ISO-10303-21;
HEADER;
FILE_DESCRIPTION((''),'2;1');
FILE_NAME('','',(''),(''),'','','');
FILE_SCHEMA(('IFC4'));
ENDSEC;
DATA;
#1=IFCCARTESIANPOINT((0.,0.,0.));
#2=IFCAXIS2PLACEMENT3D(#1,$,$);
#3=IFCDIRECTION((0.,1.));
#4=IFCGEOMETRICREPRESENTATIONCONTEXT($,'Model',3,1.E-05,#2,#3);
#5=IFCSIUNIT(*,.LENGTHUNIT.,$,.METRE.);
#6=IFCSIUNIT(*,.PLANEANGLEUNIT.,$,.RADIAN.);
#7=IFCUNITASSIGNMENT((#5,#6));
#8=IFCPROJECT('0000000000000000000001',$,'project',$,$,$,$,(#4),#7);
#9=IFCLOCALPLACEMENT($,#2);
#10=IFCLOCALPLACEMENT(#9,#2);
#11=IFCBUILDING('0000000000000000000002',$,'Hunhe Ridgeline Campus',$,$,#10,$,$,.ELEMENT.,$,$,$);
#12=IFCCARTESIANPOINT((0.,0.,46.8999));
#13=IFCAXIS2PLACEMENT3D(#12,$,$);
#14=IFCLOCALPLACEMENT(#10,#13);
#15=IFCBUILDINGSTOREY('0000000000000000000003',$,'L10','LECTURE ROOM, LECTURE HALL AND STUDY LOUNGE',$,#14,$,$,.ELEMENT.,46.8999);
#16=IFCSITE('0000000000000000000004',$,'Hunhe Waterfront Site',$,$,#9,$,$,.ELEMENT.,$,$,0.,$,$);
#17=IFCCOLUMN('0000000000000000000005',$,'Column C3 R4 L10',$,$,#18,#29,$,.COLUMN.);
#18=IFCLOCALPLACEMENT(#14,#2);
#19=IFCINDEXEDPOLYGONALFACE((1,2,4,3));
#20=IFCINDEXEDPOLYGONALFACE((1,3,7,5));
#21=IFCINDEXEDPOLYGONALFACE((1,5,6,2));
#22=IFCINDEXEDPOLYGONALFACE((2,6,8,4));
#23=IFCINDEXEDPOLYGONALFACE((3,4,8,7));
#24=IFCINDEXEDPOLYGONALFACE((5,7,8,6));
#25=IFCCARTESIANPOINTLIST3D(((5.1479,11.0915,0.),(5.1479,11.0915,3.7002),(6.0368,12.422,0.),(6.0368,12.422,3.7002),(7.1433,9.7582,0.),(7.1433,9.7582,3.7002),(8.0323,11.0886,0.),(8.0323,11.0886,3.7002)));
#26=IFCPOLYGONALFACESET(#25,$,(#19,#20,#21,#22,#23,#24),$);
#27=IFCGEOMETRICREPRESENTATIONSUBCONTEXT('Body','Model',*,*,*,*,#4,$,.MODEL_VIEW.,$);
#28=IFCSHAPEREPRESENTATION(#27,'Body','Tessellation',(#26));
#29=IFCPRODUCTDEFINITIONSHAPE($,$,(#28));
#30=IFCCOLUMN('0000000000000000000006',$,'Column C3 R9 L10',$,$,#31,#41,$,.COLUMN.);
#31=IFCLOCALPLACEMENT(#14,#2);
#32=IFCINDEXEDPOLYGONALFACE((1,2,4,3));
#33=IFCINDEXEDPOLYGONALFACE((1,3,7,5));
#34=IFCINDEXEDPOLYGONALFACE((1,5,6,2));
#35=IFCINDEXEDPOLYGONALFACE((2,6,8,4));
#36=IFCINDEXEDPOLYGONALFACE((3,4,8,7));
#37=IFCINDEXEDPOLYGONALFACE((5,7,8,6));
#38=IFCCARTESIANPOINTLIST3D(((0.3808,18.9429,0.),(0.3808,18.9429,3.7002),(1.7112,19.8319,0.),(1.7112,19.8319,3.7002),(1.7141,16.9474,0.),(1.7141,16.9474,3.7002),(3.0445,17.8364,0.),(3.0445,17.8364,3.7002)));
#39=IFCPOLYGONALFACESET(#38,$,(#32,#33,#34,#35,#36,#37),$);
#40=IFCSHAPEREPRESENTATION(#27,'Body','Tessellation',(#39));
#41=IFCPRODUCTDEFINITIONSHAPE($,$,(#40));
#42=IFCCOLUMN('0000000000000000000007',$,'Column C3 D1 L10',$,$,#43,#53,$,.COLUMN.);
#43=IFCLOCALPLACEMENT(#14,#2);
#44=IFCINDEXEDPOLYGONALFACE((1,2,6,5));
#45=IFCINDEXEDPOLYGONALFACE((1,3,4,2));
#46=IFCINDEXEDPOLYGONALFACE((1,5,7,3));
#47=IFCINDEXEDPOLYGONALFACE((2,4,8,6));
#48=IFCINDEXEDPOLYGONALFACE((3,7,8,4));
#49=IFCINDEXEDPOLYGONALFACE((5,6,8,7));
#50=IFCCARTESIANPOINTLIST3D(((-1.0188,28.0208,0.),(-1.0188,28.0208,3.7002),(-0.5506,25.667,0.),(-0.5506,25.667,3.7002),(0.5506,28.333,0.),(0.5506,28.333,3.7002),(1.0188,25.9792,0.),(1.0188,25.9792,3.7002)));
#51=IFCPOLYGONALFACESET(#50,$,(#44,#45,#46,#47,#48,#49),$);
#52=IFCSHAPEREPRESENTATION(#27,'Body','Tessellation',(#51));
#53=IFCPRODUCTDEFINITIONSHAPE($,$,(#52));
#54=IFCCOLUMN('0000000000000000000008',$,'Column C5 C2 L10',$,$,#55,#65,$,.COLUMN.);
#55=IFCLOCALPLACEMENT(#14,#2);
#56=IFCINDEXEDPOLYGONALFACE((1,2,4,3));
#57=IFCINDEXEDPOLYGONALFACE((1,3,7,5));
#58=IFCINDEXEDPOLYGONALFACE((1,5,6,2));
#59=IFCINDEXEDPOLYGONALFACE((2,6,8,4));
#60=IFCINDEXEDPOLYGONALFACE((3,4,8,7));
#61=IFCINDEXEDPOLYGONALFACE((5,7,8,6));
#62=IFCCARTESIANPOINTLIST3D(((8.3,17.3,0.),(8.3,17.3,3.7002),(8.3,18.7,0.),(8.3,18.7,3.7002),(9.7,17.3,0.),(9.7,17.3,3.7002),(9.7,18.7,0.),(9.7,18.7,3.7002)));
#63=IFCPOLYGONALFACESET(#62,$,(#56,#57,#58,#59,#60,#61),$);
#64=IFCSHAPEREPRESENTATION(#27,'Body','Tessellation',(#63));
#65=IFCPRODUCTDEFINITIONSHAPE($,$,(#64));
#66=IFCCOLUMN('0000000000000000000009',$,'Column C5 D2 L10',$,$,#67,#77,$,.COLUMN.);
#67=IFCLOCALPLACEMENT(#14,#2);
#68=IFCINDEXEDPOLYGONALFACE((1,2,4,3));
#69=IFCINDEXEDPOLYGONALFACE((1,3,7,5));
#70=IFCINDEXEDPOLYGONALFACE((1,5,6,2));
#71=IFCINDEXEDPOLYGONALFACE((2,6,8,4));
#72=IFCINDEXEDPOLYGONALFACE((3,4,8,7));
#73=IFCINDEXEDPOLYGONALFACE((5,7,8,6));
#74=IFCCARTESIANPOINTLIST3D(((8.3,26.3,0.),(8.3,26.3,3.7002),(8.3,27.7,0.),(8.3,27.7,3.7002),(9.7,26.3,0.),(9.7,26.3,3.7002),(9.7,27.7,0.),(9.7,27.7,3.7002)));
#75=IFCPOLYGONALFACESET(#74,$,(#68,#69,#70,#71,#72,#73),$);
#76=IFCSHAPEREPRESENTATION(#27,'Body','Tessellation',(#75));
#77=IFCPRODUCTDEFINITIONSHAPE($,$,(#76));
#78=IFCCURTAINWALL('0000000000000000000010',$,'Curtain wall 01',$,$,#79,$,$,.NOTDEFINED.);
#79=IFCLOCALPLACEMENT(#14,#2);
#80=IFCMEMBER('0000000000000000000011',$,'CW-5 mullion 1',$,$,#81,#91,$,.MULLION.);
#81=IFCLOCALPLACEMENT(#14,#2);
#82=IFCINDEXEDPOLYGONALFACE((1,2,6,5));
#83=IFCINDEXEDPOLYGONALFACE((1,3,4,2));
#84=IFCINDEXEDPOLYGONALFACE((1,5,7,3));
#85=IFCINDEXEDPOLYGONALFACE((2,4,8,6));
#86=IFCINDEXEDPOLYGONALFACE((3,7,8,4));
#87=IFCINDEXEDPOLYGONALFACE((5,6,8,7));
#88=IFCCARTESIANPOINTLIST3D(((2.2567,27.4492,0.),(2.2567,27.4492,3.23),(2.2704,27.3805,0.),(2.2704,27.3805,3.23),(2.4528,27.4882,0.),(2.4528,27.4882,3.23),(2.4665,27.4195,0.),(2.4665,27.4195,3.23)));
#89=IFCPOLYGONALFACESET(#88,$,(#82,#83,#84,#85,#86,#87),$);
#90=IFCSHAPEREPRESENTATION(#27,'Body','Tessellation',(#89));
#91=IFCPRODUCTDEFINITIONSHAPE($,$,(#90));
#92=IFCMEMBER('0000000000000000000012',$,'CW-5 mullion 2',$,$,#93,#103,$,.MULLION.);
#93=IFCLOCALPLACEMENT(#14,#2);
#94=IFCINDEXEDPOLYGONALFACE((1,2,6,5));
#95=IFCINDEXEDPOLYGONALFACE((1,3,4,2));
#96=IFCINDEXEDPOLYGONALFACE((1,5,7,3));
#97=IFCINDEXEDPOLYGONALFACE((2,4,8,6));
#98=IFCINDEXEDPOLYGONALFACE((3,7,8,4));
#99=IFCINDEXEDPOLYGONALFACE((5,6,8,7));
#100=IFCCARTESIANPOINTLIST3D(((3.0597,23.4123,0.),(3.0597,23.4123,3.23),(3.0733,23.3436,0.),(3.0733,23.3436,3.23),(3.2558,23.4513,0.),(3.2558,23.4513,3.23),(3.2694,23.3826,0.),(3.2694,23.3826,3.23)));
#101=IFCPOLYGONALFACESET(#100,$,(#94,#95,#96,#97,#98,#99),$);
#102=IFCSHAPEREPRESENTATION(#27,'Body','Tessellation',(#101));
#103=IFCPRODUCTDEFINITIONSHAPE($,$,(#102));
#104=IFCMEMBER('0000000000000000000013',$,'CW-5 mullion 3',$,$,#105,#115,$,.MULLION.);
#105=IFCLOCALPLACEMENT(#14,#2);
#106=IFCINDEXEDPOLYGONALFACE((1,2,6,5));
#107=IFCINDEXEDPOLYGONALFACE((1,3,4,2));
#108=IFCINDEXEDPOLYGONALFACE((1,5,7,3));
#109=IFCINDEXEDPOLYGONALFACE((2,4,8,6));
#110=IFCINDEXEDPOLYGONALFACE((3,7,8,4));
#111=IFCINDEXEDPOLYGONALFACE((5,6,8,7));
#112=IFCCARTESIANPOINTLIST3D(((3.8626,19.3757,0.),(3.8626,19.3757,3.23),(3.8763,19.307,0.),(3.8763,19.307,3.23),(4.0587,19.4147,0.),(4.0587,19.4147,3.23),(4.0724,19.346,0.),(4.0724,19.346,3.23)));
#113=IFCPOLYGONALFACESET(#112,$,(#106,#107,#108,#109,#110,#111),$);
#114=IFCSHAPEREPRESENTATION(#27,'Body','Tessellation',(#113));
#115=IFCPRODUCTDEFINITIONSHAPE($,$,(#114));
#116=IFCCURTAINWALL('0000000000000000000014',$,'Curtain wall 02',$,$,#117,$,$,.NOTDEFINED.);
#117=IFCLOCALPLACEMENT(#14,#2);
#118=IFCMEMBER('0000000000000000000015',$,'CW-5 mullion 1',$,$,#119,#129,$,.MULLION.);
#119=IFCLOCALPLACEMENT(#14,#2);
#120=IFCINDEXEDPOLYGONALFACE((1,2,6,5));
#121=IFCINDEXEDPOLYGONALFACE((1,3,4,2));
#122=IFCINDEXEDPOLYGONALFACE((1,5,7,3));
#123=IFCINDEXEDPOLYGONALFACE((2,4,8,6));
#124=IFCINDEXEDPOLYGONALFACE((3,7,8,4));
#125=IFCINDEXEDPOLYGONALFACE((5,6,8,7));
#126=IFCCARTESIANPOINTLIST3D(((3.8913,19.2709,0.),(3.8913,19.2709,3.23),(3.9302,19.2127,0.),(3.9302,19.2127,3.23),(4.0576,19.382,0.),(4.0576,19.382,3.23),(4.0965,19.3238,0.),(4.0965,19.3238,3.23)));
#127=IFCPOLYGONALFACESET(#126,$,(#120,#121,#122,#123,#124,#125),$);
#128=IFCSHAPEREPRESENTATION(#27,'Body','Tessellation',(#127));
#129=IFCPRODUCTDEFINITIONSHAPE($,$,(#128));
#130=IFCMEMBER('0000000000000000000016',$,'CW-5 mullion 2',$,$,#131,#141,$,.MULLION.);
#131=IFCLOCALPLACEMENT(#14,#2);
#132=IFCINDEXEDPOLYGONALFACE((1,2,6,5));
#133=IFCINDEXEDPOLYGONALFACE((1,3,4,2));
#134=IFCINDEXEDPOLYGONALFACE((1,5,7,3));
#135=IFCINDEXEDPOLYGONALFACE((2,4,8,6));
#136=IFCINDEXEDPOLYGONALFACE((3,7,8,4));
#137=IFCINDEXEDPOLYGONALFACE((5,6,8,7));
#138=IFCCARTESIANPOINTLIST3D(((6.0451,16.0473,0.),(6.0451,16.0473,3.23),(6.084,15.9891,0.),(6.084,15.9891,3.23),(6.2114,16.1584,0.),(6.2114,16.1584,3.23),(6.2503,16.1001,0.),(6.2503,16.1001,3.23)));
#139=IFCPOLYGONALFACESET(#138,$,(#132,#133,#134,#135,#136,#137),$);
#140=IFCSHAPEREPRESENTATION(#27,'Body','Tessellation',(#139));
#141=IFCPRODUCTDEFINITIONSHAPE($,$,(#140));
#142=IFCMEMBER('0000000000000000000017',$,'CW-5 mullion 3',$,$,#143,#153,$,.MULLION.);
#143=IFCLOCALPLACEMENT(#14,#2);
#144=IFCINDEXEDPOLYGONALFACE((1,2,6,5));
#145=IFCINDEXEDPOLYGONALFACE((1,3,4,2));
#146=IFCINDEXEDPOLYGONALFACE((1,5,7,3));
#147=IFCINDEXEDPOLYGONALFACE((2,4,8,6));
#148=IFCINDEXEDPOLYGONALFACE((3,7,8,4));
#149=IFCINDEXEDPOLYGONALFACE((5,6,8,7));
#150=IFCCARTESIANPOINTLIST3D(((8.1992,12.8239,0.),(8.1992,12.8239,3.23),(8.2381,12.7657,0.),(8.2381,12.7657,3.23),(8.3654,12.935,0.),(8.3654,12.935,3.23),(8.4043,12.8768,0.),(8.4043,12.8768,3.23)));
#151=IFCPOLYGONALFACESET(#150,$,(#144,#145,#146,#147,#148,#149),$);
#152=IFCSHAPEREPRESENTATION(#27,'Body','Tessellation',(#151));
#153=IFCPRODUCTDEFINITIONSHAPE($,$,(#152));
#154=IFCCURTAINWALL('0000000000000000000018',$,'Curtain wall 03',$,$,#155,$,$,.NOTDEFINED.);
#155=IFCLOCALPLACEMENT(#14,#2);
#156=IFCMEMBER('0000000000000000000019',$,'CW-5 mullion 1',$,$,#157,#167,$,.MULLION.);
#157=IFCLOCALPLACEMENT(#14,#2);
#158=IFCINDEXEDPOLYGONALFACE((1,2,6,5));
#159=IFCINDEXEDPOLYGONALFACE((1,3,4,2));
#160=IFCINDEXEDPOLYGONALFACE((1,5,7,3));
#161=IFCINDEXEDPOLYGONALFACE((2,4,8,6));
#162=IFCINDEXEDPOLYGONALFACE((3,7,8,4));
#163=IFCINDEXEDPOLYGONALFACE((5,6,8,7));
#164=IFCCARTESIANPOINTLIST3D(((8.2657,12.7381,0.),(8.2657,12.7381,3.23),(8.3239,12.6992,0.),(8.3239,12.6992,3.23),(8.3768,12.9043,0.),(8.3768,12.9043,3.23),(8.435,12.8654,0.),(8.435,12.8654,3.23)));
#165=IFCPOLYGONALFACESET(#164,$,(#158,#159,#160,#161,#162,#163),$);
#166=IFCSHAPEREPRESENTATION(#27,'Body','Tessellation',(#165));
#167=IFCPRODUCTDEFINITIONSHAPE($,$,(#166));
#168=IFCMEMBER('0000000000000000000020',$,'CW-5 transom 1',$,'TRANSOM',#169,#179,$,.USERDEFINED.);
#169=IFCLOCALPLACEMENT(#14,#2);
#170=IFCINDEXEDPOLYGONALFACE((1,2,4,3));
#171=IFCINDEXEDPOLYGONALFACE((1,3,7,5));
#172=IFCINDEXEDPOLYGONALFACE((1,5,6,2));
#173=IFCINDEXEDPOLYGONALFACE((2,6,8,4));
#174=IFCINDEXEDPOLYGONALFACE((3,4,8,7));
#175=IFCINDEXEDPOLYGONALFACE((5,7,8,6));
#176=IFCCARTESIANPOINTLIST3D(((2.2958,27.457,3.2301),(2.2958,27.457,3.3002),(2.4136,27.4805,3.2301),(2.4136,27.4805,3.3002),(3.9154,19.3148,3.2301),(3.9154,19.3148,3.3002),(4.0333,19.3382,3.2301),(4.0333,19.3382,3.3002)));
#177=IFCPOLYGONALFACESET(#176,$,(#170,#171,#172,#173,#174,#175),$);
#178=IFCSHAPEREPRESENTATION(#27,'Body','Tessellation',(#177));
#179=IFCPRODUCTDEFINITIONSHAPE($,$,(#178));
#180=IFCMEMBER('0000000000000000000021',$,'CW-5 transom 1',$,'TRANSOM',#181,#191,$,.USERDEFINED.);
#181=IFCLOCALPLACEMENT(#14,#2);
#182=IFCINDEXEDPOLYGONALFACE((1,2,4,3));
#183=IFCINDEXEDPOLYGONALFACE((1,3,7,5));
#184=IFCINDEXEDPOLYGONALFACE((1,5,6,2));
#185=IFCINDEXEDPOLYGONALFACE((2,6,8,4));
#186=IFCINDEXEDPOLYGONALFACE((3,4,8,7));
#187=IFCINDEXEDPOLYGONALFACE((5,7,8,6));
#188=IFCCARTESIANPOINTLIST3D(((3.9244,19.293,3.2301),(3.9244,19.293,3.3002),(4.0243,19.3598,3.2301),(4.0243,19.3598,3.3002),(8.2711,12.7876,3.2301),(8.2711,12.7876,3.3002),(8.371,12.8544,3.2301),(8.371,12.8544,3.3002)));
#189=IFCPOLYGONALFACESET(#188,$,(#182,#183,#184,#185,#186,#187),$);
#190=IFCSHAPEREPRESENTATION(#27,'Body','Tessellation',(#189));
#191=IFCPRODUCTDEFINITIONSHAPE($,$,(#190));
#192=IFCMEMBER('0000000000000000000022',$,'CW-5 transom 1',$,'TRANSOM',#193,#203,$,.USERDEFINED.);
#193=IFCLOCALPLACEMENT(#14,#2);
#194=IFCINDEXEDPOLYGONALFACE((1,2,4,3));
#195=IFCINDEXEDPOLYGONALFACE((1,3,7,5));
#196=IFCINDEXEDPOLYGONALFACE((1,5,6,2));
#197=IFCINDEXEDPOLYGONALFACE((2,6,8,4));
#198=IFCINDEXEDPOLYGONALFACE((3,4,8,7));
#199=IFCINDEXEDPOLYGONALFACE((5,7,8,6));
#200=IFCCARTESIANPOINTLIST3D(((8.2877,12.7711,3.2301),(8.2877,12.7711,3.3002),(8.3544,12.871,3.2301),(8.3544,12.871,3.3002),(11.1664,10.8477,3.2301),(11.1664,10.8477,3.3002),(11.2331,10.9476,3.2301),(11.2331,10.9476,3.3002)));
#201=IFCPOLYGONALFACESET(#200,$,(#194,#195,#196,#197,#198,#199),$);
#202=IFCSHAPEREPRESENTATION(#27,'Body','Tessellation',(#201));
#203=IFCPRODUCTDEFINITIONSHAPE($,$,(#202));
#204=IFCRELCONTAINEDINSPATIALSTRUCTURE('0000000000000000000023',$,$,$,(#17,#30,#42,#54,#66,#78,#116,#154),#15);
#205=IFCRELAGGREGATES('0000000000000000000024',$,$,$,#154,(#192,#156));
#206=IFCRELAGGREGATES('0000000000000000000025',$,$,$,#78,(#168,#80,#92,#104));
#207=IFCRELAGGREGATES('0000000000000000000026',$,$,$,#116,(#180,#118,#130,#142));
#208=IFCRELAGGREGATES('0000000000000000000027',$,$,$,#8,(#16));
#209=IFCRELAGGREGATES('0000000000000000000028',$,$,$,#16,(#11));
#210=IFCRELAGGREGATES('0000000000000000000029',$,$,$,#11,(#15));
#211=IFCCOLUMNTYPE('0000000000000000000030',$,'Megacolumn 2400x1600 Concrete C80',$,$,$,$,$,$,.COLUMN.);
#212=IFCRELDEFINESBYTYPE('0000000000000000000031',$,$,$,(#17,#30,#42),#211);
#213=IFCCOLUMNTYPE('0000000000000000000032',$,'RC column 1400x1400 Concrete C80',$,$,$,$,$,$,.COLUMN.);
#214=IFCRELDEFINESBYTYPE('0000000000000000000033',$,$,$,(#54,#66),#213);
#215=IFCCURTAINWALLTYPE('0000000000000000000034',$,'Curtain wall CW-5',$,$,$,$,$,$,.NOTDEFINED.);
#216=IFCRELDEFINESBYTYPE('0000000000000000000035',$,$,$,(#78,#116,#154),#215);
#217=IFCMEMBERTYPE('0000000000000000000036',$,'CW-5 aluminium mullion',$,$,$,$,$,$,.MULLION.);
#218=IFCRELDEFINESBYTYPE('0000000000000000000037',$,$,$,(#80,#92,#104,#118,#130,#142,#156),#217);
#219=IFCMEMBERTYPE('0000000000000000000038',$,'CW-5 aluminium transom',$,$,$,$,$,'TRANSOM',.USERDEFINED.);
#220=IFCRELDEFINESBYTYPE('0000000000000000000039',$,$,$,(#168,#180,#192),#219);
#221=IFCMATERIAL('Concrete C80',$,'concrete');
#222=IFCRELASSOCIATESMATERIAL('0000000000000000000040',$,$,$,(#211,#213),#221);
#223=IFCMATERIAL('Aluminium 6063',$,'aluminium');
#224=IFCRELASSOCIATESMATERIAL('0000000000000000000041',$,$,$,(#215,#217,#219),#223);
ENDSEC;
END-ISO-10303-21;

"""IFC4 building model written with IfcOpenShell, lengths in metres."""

from ifc_helpers import new_model, si_unit, direction, frame, origin, origin_2d, place, context, subcontext, project, spatial, rectangle, extrude, material, material_profile, profile_set, type_object, element, aggregate, save


model = new_model("IFC4")

# Units and contexts
model_context = context("Model", 3, precision=1e-05, world=origin(), true_north=direction((0.0, 1.0)))
body_context = subcontext(model_context, "Body", "Model", "MODEL_VIEW")
ifc_project = project(units=[si_unit("LENGTHUNIT", "METRE"), si_unit("PLANEANGLEUNIT", "RADIAN")], contexts=[model_context])

# Site, building, storey
site_placement = place(None, origin())
site = spatial("IfcSite", under=ifc_project, at=site_placement, Name="Hunhe Waterfront Site", CompositionType="ELEMENT", RefElevation=0.0)
building_placement = place(site_placement, origin())
building = spatial("IfcBuilding", under=site, at=building_placement, Name="Hunhe Ridgeline Campus", CompositionType="ELEMENT")
storey_placement = place(building_placement, frame((0.0, 0.0, 46.8999)))
storey = spatial("IfcBuildingStorey", under=building, at=storey_placement, Name="L10", Description="LECTURE ROOM, LECTURE HALL AND STUDY LOUNGE", CompositionType="ELEMENT", Elevation=46.8999)

# Columns
ifc_material_1 = material(Name="Concrete C80", Category="concrete")
ifc_material_profile_1 = material_profile(ifc_material_1, rectangle(XDim=2.3999, YDim=1.6001, at=origin_2d()))
ifc_profile_set_1 = profile_set([ifc_material_profile_1], Name="Concrete C80")
column_type_1 = type_object("IfcColumnType", Name="Megacolumn 2400x1600 Concrete C80", PredefinedType="COLUMN", material=ifc_profile_set_1)
for number, where, z_axis, x_axis, name in (
    (1, (6.5901, 11.0901, 0.0), (0.0, 0.0, 1.0), (-0.83147, 0.55557, 0.0), "Column C3 R4 L10"),
    (2, (1.7126, 18.3896, 0.0), (0.0, 0.0, 1.0), (-0.55557, 0.83147, 0.0), "Column C3 R9 L10"),
    (3, (0.0, 27.0, 0.0), (0.0, 0.0, 1.0), (-0.19509, 0.980785, 0.0), "Column C3 D1 L10"),
):
    element("IfcColumn", number, at=place(storey_placement, frame(where, z_axis=z_axis, x_axis=x_axis)), inside=storey, type_object=column_type_1, Name=name, PredefinedType="COLUMN", context=body_context, shape_type="SweptSolid", body=[
        extrude(rectangle(XDim=2.3999, YDim=1.6001, at=origin_2d()), origin(), (0.0, 0.0, 1.0), 3.7002),
    ])
ifc_material_profile_2 = material_profile(ifc_material_1, rectangle(XDim=1.3999, YDim=1.3999, at=origin_2d()))
ifc_profile_set_2 = profile_set([ifc_material_profile_2], Name="Concrete C80")
column_type_2 = type_object("IfcColumnType", Name="RC column 1400x1400 Concrete C80", PredefinedType="COLUMN", material=ifc_profile_set_2)
for number, where, z_axis, x_axis, name in (
    (4, (9.0, 18.0, 0.0), (0.0, 0.0, 1.0), (1.0, 0.0, 0.0), "Column C5 C2 L10"),
    (5, (9.0, 27.0, 0.0), (0.0, 0.0, 1.0), (1.0, 0.0, 0.0), "Column C5 D2 L10"),
):
    element("IfcColumn", number, at=place(storey_placement, frame(where, z_axis=z_axis, x_axis=x_axis)), inside=storey, type_object=column_type_2, Name=name, PredefinedType="COLUMN", context=body_context, shape_type="SweptSolid", body=[
        extrude(rectangle(XDim=1.3999, YDim=1.3999, at=origin_2d()), origin(), (0.0, 0.0, 1.0), 3.7002),
    ])

# Curtain walls, members
ifc_material_2 = material(Name="Aluminium 6063", Category="aluminium")
curtain_wall_type = type_object("IfcCurtainWallType", Name="Curtain wall CW-5", PredefinedType="NOTDEFINED", material=ifc_material_2)
curtain_wall_1_placement = place(storey_placement, origin())
curtain_wall_1 = element("IfcCurtainWall", 6, at=curtain_wall_1_placement, inside=storey, type_object=curtain_wall_type, Name="Curtain wall 01", PredefinedType="NOTDEFINED")
ifc_material_profile_3 = material_profile(ifc_material_2, rectangle(XDim=0.2, YDim=0.0701, at=origin_2d()))
ifc_profile_set_3 = profile_set([ifc_material_profile_3], Name="Aluminium 6063")
member_type_1 = type_object("IfcMemberType", Name="CW-5 aluminium mullion", PredefinedType="MULLION", material=ifc_profile_set_3)
member_1_placement = place(storey_placement, frame((2.3616, 27.4343, 0.0), z_axis=(0.0, 0.0, 1.0), x_axis=(0.980784, 0.195095, 0.0)))
member_1 = element("IfcMember", 7, at=member_1_placement, type_object=member_type_1, Name="CW-5 mullion 1", PredefinedType="MULLION", context=body_context, shape_type="SweptSolid", body=[
    extrude(rectangle(XDim=0.2, YDim=0.0701, at=origin_2d()), origin(), (0.0, 0.0, 1.0), 3.23),
])
member_2_placement = place(storey_placement, frame((3.1646, 23.3975, 0.0), z_axis=(0.0, 0.0, 1.0), x_axis=(0.980784, 0.195095, 0.0)))
member_2 = element("IfcMember", 8, at=member_2_placement, type_object=member_type_1, Name="CW-5 mullion 2", PredefinedType="MULLION", context=body_context, shape_type="SweptSolid", body=[
    extrude(rectangle(XDim=0.2, YDim=0.0701, at=origin_2d()), origin(), (0.0, 0.0, 1.0), 3.23),
])
member_3_placement = place(storey_placement, frame((3.9675, 19.3608, 0.0), z_axis=(0.0, 0.0, 1.0), x_axis=(0.980784, 0.195095, 0.0)))
member_3 = element("IfcMember", 9, at=member_3_placement, type_object=member_type_1, Name="CW-5 mullion 3", PredefinedType="MULLION", context=body_context, shape_type="SweptSolid", body=[
    extrude(rectangle(XDim=0.2, YDim=0.0701, at=origin_2d()), origin(), (0.0, 0.0, 1.0), 3.23),
])
curtain_wall_2_placement = place(storey_placement, origin())
curtain_wall_2 = element("IfcCurtainWall", 10, at=curtain_wall_2_placement, inside=storey, type_object=curtain_wall_type, Name="Curtain wall 02", PredefinedType="NOTDEFINED")
member_4_placement = place(storey_placement, frame((3.9939, 19.2974, 0.0), z_axis=(0.0, 0.0, 1.0), x_axis=(0.83147, 0.55557, 0.0)))
member_4 = element("IfcMember", 11, at=member_4_placement, type_object=member_type_1, Name="CW-5 mullion 1", PredefinedType="MULLION", context=body_context, shape_type="SweptSolid", body=[
    extrude(rectangle(XDim=0.2, YDim=0.0701, at=origin_2d()), origin(), (0.0, 0.0, 1.0), 3.23),
])
member_5_placement = place(storey_placement, frame((6.1477, 16.0737, 0.0), z_axis=(0.0, 0.0, 1.0), x_axis=(0.83147, 0.55557, 0.0)))
member_5 = element("IfcMember", 12, at=member_5_placement, type_object=member_type_1, Name="CW-5 mullion 2", PredefinedType="MULLION", context=body_context, shape_type="SweptSolid", body=[
    extrude(rectangle(XDim=0.2, YDim=0.0701, at=origin_2d()), origin(), (0.0, 0.0, 1.0), 3.23),
])
member_6_placement = place(storey_placement, frame((8.3018, 12.8503, 0.0), z_axis=(0.0, 0.0, 1.0), x_axis=(0.83147, 0.55557, 0.0)))
member_6 = element("IfcMember", 13, at=member_6_placement, type_object=member_type_1, Name="CW-5 mullion 3", PredefinedType="MULLION", context=body_context, shape_type="SweptSolid", body=[
    extrude(rectangle(XDim=0.2, YDim=0.0701, at=origin_2d()), origin(), (0.0, 0.0, 1.0), 3.23),
])

# Curtain wall, member
curtain_wall_3_placement = place(storey_placement, origin())
curtain_wall_3 = element("IfcCurtainWall", 14, at=curtain_wall_3_placement, inside=storey, type_object=curtain_wall_type, Name="Curtain wall 03", PredefinedType="NOTDEFINED")
member_7_placement = place(storey_placement, frame((8.3503, 12.8018, 0.0), z_axis=(0.0, 0.0, 1.0), x_axis=(0.55557, 0.83147, 0.0)))
member_7 = element("IfcMember", 15, at=member_7_placement, type_object=member_type_1, Name="CW-5 mullion 1", PredefinedType="MULLION", context=body_context, shape_type="SweptSolid", body=[
    extrude(rectangle(XDim=0.2, YDim=0.0701, at=origin_2d()), origin(), (0.0, 0.0, 1.0), 3.23),
])

# Members
ifc_material_profile_4 = material_profile(ifc_material_2, rectangle(XDim=0.1201, YDim=0.0701, at=origin_2d()))
ifc_profile_set_4 = profile_set([ifc_material_profile_4], Name="Aluminium 6063")
member_type_2 = type_object("IfcMemberType", Name="CW-5 aluminium transom", ElementType="TRANSOM", PredefinedType="USERDEFINED", material=ifc_profile_set_4)
member_8_placement = place(storey_placement, frame((2.3547, 27.4688, 3.2651), z_axis=(0.195092, -0.980785, 0.0), x_axis=(0.980785, 0.195092, 0.0)))
member_8 = element("IfcMember", 16, at=member_8_placement, type_object=member_type_2, Name="CW-5 transom 1", ObjectType="TRANSOM", PredefinedType="USERDEFINED", context=body_context, shape_type="SweptSolid", body=[
    extrude(rectangle(XDim=0.1201, YDim=0.0701, at=origin_2d()), origin(), (0.0, 0.0, 1.0), 8.3018),
])
member_9_placement = place(storey_placement, frame((3.9744, 19.3264, 3.2651), z_axis=(0.555564, -0.831474, 0.0), x_axis=(0.831474, 0.555564, 0.0)))
member_9 = element("IfcMember", 17, at=member_9_placement, type_object=member_type_2, Name="CW-5 transom 1", ObjectType="TRANSOM", PredefinedType="USERDEFINED", context=body_context, shape_type="SweptSolid", body=[
    extrude(rectangle(XDim=0.1201, YDim=0.0701, at=origin_2d()), origin(), (0.0, 0.0, 1.0), 7.824),
])
member_10_placement = place(storey_placement, frame((8.321, 12.821, 3.2651), z_axis=(0.831486, -0.555546, 0.0), x_axis=(0.555546, 0.831486, 0.0)))
member_10 = element("IfcMember", 18, at=member_10_placement, type_object=member_type_2, Name="CW-5 transom 1", ObjectType="TRANSOM", PredefinedType="USERDEFINED", context=body_context, shape_type="SweptSolid", body=[
    extrude(rectangle(XDim=0.1201, YDim=0.0701, at=origin_2d()), origin(), (0.0, 0.0, 1.0), 3.4622),
])
aggregate(curtain_wall_3, [member_10, member_7])

aggregate(curtain_wall_1, [member_8, member_1, member_2, member_3])
aggregate(curtain_wall_2, [member_9, member_4, member_5, member_6])

save(model, "model.ifc")
